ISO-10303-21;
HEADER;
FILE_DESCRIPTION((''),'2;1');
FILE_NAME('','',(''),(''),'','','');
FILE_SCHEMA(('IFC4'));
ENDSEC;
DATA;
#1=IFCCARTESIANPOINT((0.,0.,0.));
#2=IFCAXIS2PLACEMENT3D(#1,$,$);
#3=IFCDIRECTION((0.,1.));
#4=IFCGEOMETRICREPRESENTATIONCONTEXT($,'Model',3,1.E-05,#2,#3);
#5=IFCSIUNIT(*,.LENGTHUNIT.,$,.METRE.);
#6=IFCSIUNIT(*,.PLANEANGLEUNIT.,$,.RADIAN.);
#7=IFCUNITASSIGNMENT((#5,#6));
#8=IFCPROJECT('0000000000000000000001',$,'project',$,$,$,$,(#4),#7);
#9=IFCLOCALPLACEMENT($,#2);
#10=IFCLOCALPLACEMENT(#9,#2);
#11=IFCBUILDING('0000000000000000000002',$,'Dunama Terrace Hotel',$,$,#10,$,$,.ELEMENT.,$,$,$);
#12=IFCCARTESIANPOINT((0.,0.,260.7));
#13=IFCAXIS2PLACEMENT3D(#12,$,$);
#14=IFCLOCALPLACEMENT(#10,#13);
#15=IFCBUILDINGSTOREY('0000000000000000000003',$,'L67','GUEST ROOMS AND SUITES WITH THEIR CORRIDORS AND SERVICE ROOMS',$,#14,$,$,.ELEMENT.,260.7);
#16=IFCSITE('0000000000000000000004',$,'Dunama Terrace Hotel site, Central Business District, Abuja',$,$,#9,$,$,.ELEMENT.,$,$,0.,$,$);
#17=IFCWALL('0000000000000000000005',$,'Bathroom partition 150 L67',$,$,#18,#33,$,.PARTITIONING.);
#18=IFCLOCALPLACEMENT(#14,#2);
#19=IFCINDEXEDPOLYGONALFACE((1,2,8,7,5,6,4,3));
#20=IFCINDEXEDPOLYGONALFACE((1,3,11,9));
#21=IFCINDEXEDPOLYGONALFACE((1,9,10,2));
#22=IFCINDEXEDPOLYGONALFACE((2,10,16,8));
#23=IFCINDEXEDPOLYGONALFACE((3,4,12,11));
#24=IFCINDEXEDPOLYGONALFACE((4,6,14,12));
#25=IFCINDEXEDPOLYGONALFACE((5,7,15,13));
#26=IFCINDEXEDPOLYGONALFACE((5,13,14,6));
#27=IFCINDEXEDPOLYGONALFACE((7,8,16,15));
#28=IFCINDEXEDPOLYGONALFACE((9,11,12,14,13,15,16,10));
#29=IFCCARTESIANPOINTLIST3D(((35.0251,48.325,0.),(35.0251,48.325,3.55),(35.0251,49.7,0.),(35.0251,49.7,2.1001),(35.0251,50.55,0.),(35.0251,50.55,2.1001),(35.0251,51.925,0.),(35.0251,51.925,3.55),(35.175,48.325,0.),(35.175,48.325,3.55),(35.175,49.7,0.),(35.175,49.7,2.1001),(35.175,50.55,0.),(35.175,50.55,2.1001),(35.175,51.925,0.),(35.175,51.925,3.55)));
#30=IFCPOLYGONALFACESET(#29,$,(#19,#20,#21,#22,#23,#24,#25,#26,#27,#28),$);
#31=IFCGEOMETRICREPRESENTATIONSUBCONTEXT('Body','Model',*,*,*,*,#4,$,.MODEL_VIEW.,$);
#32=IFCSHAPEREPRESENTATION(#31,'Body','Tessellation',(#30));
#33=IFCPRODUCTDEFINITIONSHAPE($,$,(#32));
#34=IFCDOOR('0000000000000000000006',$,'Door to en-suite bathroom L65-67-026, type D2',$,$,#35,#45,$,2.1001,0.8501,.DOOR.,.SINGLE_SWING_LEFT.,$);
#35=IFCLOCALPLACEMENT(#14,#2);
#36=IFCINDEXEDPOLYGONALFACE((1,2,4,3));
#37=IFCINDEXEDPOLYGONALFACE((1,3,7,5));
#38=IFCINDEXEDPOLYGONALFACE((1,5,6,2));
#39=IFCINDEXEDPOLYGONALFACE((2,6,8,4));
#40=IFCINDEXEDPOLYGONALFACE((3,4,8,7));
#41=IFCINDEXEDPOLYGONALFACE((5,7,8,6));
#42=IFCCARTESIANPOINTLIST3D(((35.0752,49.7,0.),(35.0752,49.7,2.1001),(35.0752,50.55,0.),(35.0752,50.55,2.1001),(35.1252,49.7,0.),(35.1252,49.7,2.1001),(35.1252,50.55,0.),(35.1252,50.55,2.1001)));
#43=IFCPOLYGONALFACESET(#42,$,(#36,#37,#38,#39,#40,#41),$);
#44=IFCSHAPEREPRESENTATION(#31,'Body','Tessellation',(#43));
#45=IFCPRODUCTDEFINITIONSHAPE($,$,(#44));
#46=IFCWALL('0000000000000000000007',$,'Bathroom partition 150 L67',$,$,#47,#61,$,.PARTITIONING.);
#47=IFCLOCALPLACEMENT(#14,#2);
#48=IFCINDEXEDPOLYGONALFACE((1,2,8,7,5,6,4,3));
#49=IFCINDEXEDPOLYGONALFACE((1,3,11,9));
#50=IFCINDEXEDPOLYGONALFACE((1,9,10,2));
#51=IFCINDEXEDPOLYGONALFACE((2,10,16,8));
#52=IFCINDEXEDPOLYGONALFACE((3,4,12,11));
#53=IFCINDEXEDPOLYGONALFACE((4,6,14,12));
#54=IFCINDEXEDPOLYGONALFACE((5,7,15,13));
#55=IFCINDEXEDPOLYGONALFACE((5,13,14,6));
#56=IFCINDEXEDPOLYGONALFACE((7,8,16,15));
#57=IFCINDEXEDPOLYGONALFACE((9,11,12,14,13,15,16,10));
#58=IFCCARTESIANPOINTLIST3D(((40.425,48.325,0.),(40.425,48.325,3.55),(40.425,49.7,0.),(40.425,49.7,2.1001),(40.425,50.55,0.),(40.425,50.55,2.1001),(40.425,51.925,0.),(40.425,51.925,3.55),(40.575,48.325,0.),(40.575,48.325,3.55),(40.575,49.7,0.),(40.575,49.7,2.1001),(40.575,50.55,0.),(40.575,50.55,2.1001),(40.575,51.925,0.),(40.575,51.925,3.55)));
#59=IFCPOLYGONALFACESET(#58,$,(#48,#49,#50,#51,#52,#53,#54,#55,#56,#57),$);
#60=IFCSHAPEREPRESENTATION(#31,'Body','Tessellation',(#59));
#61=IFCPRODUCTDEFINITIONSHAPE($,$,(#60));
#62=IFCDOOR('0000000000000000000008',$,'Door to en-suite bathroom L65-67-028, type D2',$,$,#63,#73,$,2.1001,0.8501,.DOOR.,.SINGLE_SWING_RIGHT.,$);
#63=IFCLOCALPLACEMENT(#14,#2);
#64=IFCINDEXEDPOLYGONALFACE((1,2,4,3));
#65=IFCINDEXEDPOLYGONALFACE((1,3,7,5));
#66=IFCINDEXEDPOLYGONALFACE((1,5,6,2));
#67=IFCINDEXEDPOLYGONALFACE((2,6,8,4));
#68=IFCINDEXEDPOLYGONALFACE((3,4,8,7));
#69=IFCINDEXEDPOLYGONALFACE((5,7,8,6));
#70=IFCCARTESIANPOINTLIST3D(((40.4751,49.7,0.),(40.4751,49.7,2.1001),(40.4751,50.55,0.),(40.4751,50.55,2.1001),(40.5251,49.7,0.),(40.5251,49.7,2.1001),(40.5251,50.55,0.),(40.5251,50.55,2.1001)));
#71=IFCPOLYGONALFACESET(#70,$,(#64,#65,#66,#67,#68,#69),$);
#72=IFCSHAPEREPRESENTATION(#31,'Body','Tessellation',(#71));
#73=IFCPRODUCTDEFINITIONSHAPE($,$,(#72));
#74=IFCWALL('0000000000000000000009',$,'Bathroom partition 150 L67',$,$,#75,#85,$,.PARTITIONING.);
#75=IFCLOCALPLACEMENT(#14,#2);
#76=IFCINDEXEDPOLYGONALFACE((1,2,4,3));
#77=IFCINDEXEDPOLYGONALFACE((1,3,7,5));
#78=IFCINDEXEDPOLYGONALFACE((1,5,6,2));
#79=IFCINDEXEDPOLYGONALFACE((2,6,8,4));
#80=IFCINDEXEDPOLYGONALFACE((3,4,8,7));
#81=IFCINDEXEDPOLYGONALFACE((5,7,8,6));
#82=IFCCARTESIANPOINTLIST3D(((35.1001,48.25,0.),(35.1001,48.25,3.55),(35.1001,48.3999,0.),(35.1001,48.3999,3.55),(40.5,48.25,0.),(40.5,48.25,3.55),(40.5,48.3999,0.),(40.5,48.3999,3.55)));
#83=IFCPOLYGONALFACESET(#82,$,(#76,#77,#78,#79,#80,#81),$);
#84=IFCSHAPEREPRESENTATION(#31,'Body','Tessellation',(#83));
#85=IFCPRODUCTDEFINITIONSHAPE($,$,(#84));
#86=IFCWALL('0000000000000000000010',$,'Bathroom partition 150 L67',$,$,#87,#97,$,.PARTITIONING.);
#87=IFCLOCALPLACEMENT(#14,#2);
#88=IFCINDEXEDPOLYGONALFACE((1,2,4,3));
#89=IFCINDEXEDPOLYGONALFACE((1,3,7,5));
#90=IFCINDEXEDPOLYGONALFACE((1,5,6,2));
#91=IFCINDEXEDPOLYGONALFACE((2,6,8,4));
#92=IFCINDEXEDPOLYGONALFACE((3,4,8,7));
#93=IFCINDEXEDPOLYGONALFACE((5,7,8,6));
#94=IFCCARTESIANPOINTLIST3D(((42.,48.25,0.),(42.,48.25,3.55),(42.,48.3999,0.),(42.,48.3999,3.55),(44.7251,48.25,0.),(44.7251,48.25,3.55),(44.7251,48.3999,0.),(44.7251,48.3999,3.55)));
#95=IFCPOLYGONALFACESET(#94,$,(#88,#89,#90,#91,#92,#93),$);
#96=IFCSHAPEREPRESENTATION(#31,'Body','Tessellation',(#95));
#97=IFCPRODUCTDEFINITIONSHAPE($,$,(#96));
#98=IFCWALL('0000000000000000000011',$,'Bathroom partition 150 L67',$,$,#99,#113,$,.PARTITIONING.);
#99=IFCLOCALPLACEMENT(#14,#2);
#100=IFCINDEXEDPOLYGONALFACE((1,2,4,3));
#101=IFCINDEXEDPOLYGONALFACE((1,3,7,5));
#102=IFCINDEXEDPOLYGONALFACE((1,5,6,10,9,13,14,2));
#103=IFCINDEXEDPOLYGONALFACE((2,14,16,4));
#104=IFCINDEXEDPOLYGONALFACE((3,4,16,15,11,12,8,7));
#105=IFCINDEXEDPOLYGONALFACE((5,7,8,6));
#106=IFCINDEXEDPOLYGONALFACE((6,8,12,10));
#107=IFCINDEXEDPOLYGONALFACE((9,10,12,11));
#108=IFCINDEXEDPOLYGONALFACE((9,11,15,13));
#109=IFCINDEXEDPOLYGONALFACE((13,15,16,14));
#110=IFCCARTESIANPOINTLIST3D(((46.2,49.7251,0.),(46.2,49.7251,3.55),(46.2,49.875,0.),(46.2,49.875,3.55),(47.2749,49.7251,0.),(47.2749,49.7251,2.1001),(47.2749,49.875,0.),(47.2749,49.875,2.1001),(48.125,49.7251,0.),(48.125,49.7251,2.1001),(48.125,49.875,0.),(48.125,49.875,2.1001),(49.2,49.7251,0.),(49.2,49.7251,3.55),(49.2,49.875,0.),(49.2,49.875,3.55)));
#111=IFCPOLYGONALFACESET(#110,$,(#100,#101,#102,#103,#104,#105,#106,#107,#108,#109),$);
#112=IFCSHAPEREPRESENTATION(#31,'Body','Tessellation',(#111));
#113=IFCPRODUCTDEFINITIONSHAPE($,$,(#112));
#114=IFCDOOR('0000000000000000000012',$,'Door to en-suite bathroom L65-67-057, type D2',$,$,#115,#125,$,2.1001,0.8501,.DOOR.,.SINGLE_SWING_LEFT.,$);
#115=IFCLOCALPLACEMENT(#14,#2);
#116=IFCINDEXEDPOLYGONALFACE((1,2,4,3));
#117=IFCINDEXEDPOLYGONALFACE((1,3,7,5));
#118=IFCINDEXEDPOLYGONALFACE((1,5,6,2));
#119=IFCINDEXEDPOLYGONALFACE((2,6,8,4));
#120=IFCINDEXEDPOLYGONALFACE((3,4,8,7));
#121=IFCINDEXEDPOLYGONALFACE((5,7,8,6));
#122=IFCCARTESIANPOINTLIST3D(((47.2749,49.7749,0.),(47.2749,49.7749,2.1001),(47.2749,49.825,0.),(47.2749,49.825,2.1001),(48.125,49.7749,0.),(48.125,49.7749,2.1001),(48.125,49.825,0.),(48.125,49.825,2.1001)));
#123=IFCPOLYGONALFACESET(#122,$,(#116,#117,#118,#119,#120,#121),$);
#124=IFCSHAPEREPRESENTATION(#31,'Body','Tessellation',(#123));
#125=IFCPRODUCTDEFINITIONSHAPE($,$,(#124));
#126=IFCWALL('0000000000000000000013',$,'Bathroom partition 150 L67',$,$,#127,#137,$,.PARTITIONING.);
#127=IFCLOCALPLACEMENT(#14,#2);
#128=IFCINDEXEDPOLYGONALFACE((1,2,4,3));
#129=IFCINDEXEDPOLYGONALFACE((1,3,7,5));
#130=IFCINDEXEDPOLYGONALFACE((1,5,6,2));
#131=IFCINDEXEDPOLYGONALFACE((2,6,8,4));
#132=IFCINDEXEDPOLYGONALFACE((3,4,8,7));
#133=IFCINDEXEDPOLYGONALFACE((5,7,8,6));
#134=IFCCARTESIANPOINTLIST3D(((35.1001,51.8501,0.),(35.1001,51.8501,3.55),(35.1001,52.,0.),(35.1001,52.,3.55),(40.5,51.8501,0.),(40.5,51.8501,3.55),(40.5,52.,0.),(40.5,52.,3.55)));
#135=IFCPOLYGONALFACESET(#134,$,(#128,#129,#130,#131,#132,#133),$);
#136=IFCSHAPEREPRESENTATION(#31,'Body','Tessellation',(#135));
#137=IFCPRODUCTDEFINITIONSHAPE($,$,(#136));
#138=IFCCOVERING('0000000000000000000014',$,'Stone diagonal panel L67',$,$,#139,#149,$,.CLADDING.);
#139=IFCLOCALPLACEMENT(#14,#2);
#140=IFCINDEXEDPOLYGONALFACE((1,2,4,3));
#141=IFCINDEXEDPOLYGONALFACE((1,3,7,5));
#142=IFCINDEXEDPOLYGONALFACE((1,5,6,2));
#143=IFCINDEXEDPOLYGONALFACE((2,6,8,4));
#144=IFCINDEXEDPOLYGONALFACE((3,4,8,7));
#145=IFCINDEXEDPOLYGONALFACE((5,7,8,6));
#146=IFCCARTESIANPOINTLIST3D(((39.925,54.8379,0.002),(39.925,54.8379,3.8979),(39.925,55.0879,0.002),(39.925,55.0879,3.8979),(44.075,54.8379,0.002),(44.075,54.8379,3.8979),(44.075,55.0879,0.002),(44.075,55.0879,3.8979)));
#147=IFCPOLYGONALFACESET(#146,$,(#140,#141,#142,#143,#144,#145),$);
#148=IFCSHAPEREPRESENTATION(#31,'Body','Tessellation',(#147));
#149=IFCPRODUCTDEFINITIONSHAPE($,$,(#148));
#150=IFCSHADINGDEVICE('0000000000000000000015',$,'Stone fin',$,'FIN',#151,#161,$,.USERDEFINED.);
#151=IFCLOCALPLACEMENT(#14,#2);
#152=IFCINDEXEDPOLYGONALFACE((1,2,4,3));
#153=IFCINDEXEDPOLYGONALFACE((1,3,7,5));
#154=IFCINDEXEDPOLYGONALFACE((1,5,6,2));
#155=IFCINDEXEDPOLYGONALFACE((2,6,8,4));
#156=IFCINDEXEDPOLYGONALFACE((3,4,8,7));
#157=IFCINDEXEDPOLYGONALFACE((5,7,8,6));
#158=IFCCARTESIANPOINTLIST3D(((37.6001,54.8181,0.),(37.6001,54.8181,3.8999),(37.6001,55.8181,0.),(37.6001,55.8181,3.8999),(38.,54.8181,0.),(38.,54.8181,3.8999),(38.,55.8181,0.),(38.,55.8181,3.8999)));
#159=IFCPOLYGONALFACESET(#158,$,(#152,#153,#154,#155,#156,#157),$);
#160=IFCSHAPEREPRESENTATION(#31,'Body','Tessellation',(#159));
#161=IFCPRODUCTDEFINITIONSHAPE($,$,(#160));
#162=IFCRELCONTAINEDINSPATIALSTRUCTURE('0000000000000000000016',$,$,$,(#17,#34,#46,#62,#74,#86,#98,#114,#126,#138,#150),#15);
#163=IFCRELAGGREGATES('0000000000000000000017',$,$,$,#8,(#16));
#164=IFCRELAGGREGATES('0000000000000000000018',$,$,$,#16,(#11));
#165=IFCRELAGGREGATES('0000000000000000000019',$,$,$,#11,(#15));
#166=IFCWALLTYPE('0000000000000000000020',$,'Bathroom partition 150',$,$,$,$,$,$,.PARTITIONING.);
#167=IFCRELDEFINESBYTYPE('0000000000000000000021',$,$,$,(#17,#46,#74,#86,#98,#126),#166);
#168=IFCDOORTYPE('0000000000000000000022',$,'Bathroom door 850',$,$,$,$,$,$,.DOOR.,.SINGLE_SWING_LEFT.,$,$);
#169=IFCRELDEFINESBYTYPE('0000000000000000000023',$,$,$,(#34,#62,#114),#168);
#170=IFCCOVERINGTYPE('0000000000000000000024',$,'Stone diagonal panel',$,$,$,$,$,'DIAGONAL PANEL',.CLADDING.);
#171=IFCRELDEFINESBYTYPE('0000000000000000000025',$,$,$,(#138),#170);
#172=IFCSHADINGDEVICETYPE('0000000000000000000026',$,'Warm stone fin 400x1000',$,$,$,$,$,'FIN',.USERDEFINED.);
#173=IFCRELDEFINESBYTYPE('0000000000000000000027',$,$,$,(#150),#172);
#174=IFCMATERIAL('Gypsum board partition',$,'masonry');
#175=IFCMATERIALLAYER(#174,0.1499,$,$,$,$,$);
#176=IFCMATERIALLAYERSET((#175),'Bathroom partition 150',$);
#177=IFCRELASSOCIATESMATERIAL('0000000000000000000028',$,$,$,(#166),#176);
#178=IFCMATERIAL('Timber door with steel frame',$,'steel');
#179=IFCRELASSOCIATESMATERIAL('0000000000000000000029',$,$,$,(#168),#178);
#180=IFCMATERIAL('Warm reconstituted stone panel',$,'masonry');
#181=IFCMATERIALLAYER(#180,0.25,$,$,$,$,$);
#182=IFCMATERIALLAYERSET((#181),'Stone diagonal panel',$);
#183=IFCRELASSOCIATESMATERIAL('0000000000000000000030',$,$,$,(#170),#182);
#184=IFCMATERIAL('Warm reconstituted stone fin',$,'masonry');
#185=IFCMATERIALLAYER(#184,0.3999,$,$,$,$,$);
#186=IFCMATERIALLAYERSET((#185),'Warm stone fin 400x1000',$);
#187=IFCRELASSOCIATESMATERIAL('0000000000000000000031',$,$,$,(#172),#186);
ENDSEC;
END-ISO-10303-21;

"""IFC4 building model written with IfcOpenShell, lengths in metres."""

from ifc_helpers import new_model, si_unit, direction, frame, frame_2d, origin, origin_2d, place, context, subcontext, project, spatial, rectangle, extrude, material, layer, layer_set, type_object, element, fill, save


model = new_model("IFC4")

# Units and contexts
model_context = context("Model", 3, precision=1e-05, world=origin(), true_north=direction((0.0, 1.0)))
body_context = subcontext(model_context, "Body", "Model", "MODEL_VIEW")
ifc_project = project(units=[si_unit("LENGTHUNIT", "METRE"), si_unit("PLANEANGLEUNIT", "RADIAN")], contexts=[model_context])

# Site, building, storey
site_placement = place(None, origin())
site = spatial("IfcSite", under=ifc_project, at=site_placement, Name="Dunama Terrace Hotel site, Central Business District, Abuja", CompositionType="ELEMENT", RefElevation=0.0)
building_placement = place(site_placement, origin())
building = spatial("IfcBuilding", under=site, at=building_placement, Name="Dunama Terrace Hotel", CompositionType="ELEMENT")
storey_placement = place(building_placement, frame((0.0, 0.0, 260.7)))
storey = spatial("IfcBuildingStorey", under=building, at=storey_placement, Name="L67", Description="GUEST ROOMS AND SUITES WITH THEIR CORRIDORS AND SERVICE ROOMS", CompositionType="ELEMENT", Elevation=260.7)

# Walls, openings, doors
ifc_material_1 = material(Name="Gypsum board partition", Category="masonry")
ifc_layer_1 = layer(ifc_material_1, 0.1499)
ifc_layer_set_1 = layer_set([ifc_layer_1], Name="Bathroom partition 150")
wall_type = type_object("IfcWallType", Name="Bathroom partition 150", PredefinedType="PARTITIONING", material=ifc_layer_set_1)
wall_1_placement = place(storey_placement, frame((35.1001, 48.325, 0.0), z_axis=(0.0, 0.0, 1.0), x_axis=(0.0, 1.0, 0.0)))
wall_1 = element("IfcWall", 1, at=wall_1_placement, inside=storey, type_object=wall_type, Name="Bathroom partition 150 L67", PredefinedType="PARTITIONING", context=body_context, shape_type="SweptSolid", body=[
    extrude(rectangle(XDim=3.6001, YDim=0.1499, at=frame_2d((1.8, 0.0))), origin(), (0.0, 0.0, 1.0), 3.55),
])
opening_1_placement = place(wall_1_placement, frame((1.375, 0.0, 0.0)))
opening_1 = element("IfcOpeningElement", 2, at=opening_1_placement, cuts=wall_1, PredefinedType="OPENING", context=body_context, shape_type="SweptSolid", body=[
    extrude(rectangle(XDim=0.8501, YDim=2.1001, at=frame_2d((0.425, 1.05))), frame((0.0, 0.085, 0.0), z_axis=(0.0, -1.0, 0.0), x_axis=(1.0, 0.0, 0.0)), (0.0, 0.0, 1.0), 0.1699),
])
ifc_material_2 = material(Name="Timber door with steel frame", Category="steel")
door_type = type_object("IfcDoorType", Name="Bathroom door 850", OperationType="SINGLE_SWING_LEFT", PredefinedType="DOOR", material=ifc_material_2)
door_1_placement = place(opening_1_placement, frame((0.8501, 0.0, 0.0), z_axis=(0.0, 0.0, 1.0), x_axis=(-1.0, 0.0, 0.0)))
door_1 = element("IfcDoor", 3, at=door_1_placement, inside=storey, type_object=door_type, Name="Door to en-suite bathroom L65-67-026, type D2", OperationType="SINGLE_SWING_LEFT", OverallHeight=2.1001, OverallWidth=0.8501, PredefinedType="DOOR", context=body_context, shape_type="SweptSolid", body=[
    extrude(rectangle(XDim=0.8501, YDim=2.1001, at=frame_2d((0.425, 1.05))), frame((0.0, 0.0251, 0.0), z_axis=(0.0, -1.0, 0.0), x_axis=(1.0, 0.0, 0.0)), (0.0, 0.0, 1.0), 0.05),
])
fill(opening_1, door_1)
wall_2_placement = place(storey_placement, frame((40.5, 48.325, 0.0), z_axis=(0.0, 0.0, 1.0), x_axis=(0.0, 1.0, 0.0)))
wall_2 = element("IfcWall", 4, at=wall_2_placement, inside=storey, type_object=wall_type, Name="Bathroom partition 150 L67", PredefinedType="PARTITIONING", context=body_context, shape_type="SweptSolid", body=[
    extrude(rectangle(XDim=3.6001, YDim=0.1499, at=frame_2d((1.8, 0.0))), origin(), (0.0, 0.0, 1.0), 3.55),
])
opening_2_placement = place(wall_2_placement, frame((1.375, 0.0, 0.0)))
opening_2 = element("IfcOpeningElement", 5, at=opening_2_placement, cuts=wall_2, PredefinedType="OPENING", context=body_context, shape_type="SweptSolid", body=[
    extrude(rectangle(XDim=0.8501, YDim=2.1001, at=frame_2d((0.425, 1.05))), frame((0.0, 0.085, 0.0), z_axis=(0.0, -1.0, 0.0), x_axis=(1.0, 0.0, 0.0)), (0.0, 0.0, 1.0), 0.1699),
])
door_2_placement = place(opening_2_placement, origin())
door_2 = element("IfcDoor", 6, at=door_2_placement, inside=storey, type_object=door_type, Name="Door to en-suite bathroom L65-67-028, type D2", OperationType="SINGLE_SWING_RIGHT", OverallHeight=2.1001, OverallWidth=0.8501, PredefinedType="DOOR", context=body_context, shape_type="SweptSolid", body=[
    extrude(rectangle(XDim=0.8501, YDim=2.1001, at=frame_2d((0.425, 1.05))), frame((0.0, 0.0249, 0.0), z_axis=(0.0, -1.0, 0.0), x_axis=(1.0, 0.0, 0.0)), (0.0, 0.0, 1.0), 0.05),
])
fill(opening_2, door_2)

# Walls
wall_3_placement = place(storey_placement, frame((35.1001, 48.325, 0.0), z_axis=(0.0, 0.0, 1.0), x_axis=(1.0, 0.0, 0.0)))
element("IfcWall", 7, at=wall_3_placement, inside=storey, type_object=wall_type, Name="Bathroom partition 150 L67", PredefinedType="PARTITIONING", context=body_context, shape_type="SweptSolid", body=[
    extrude(rectangle(XDim=5.3999, YDim=0.1499, at=frame_2d((2.7, 0.0))), origin(), (0.0, 0.0, 1.0), 3.55),
])
wall_4_placement = place(storey_placement, frame((42.0, 48.325, 0.0), z_axis=(0.0, 0.0, 1.0), x_axis=(1.0, 0.0, 0.0)))
element("IfcWall", 8, at=wall_4_placement, inside=storey, type_object=wall_type, Name="Bathroom partition 150 L67", PredefinedType="PARTITIONING", context=body_context, shape_type="SweptSolid", body=[
    extrude(rectangle(XDim=2.7251, YDim=0.1499, at=frame_2d((1.3625, 0.0))), origin(), (0.0, 0.0, 1.0), 3.55),
])

# Wall, opening, door
wall_5_placement = place(storey_placement, frame((46.2, 49.8, 0.0), z_axis=(0.0, 0.0, 1.0), x_axis=(1.0, 0.0, 0.0)))
wall_5 = element("IfcWall", 9, at=wall_5_placement, inside=storey, type_object=wall_type, Name="Bathroom partition 150 L67", PredefinedType="PARTITIONING", context=body_context, shape_type="SweptSolid", body=[
    extrude(rectangle(XDim=3.0, YDim=0.1499, at=frame_2d((1.5, 0.0))), origin(), (0.0, 0.0, 1.0), 3.55),
])
opening_3_placement = place(wall_5_placement, frame((1.075, 0.0, 0.0)))
opening_3 = element("IfcOpeningElement", 10, at=opening_3_placement, cuts=wall_5, PredefinedType="OPENING", context=body_context, shape_type="SweptSolid", body=[
    extrude(rectangle(XDim=0.8501, YDim=2.1001, at=frame_2d((0.425, 1.05))), frame((0.0, 0.085, 0.0), z_axis=(0.0, -1.0, 0.0), x_axis=(1.0, 0.0, 0.0)), (0.0, 0.0, 1.0), 0.1699),
])
door_3_placement = place(opening_3_placement, frame((0.8501, 0.0, 0.0), z_axis=(0.0, 0.0, 1.0), x_axis=(-1.0, 0.0, 0.0)))
door_3 = element("IfcDoor", 11, at=door_3_placement, inside=storey, type_object=door_type, Name="Door to en-suite bathroom L65-67-057, type D2", OperationType="SINGLE_SWING_LEFT", OverallHeight=2.1001, OverallWidth=0.8501, PredefinedType="DOOR", context=body_context, shape_type="SweptSolid", body=[
    extrude(rectangle(XDim=0.8501, YDim=2.1001, at=frame_2d((0.425, 1.05))), frame((0.0, 0.0251, 0.0), z_axis=(0.0, -1.0, 0.0), x_axis=(1.0, 0.0, 0.0)), (0.0, 0.0, 1.0), 0.05),
])
fill(opening_3, door_3)

# Wall
wall_6_placement = place(storey_placement, frame((35.1001, 51.925, 0.0), z_axis=(0.0, 0.0, 1.0), x_axis=(1.0, 0.0, 0.0)))
element("IfcWall", 12, at=wall_6_placement, inside=storey, type_object=wall_type, Name="Bathroom partition 150 L67", PredefinedType="PARTITIONING", context=body_context, shape_type="SweptSolid", body=[
    extrude(rectangle(XDim=5.3999, YDim=0.1499, at=frame_2d((2.7, 0.0))), origin(), (0.0, 0.0, 1.0), 3.55),
])

# Covering
ifc_material_3 = material(Name="Warm reconstituted stone panel", Category="masonry")
ifc_layer_2 = layer(ifc_material_3, 0.25)
ifc_layer_set_2 = layer_set([ifc_layer_2], Name="Stone diagonal panel")
covering_type = type_object("IfcCoveringType", Name="Stone diagonal panel", ElementType="DIAGONAL PANEL", PredefinedType="CLADDING", material=ifc_layer_set_2)
covering_placement = place(storey_placement, frame((42.0, 54.9629, 0.002), z_axis=(0.0, 0.0, 1.0), x_axis=(-1.0, 0.0, 0.0)))
element("IfcCovering", 13, at=covering_placement, inside=storey, type_object=covering_type, Name="Stone diagonal panel L67", PredefinedType="CLADDING", context=body_context, shape_type="SweptSolid", body=[
    extrude(rectangle(XDim=4.1499, YDim=0.25, at=origin_2d()), origin(), (0.0, 0.0, 1.0), 3.896),
])

# Shading device
ifc_material_4 = material(Name="Warm reconstituted stone fin", Category="masonry")
ifc_layer_3 = layer(ifc_material_4, 0.3999)
ifc_layer_set_3 = layer_set([ifc_layer_3], Name="Warm stone fin 400x1000")
shading_device_type = type_object("IfcShadingDeviceType", Name="Warm stone fin 400x1000", ElementType="FIN", PredefinedType="USERDEFINED", material=ifc_layer_set_3)
shading_device_placement = place(storey_placement, frame((37.8, 55.3181, 0.0), z_axis=(0.0, 0.0, 1.0), x_axis=(-1.0, 0.0, 0.0)))
element("IfcShadingDevice", 14, at=shading_device_placement, inside=storey, type_object=shading_device_type, Name="Stone fin", ObjectType="FIN", PredefinedType="USERDEFINED", context=body_context, shape_type="SweptSolid", body=[
    extrude(rectangle(XDim=0.3999, YDim=1.0, at=origin_2d()), origin(), (0.0, 0.0, 1.0), 3.8999),
])

save(model, "model.ifc")
